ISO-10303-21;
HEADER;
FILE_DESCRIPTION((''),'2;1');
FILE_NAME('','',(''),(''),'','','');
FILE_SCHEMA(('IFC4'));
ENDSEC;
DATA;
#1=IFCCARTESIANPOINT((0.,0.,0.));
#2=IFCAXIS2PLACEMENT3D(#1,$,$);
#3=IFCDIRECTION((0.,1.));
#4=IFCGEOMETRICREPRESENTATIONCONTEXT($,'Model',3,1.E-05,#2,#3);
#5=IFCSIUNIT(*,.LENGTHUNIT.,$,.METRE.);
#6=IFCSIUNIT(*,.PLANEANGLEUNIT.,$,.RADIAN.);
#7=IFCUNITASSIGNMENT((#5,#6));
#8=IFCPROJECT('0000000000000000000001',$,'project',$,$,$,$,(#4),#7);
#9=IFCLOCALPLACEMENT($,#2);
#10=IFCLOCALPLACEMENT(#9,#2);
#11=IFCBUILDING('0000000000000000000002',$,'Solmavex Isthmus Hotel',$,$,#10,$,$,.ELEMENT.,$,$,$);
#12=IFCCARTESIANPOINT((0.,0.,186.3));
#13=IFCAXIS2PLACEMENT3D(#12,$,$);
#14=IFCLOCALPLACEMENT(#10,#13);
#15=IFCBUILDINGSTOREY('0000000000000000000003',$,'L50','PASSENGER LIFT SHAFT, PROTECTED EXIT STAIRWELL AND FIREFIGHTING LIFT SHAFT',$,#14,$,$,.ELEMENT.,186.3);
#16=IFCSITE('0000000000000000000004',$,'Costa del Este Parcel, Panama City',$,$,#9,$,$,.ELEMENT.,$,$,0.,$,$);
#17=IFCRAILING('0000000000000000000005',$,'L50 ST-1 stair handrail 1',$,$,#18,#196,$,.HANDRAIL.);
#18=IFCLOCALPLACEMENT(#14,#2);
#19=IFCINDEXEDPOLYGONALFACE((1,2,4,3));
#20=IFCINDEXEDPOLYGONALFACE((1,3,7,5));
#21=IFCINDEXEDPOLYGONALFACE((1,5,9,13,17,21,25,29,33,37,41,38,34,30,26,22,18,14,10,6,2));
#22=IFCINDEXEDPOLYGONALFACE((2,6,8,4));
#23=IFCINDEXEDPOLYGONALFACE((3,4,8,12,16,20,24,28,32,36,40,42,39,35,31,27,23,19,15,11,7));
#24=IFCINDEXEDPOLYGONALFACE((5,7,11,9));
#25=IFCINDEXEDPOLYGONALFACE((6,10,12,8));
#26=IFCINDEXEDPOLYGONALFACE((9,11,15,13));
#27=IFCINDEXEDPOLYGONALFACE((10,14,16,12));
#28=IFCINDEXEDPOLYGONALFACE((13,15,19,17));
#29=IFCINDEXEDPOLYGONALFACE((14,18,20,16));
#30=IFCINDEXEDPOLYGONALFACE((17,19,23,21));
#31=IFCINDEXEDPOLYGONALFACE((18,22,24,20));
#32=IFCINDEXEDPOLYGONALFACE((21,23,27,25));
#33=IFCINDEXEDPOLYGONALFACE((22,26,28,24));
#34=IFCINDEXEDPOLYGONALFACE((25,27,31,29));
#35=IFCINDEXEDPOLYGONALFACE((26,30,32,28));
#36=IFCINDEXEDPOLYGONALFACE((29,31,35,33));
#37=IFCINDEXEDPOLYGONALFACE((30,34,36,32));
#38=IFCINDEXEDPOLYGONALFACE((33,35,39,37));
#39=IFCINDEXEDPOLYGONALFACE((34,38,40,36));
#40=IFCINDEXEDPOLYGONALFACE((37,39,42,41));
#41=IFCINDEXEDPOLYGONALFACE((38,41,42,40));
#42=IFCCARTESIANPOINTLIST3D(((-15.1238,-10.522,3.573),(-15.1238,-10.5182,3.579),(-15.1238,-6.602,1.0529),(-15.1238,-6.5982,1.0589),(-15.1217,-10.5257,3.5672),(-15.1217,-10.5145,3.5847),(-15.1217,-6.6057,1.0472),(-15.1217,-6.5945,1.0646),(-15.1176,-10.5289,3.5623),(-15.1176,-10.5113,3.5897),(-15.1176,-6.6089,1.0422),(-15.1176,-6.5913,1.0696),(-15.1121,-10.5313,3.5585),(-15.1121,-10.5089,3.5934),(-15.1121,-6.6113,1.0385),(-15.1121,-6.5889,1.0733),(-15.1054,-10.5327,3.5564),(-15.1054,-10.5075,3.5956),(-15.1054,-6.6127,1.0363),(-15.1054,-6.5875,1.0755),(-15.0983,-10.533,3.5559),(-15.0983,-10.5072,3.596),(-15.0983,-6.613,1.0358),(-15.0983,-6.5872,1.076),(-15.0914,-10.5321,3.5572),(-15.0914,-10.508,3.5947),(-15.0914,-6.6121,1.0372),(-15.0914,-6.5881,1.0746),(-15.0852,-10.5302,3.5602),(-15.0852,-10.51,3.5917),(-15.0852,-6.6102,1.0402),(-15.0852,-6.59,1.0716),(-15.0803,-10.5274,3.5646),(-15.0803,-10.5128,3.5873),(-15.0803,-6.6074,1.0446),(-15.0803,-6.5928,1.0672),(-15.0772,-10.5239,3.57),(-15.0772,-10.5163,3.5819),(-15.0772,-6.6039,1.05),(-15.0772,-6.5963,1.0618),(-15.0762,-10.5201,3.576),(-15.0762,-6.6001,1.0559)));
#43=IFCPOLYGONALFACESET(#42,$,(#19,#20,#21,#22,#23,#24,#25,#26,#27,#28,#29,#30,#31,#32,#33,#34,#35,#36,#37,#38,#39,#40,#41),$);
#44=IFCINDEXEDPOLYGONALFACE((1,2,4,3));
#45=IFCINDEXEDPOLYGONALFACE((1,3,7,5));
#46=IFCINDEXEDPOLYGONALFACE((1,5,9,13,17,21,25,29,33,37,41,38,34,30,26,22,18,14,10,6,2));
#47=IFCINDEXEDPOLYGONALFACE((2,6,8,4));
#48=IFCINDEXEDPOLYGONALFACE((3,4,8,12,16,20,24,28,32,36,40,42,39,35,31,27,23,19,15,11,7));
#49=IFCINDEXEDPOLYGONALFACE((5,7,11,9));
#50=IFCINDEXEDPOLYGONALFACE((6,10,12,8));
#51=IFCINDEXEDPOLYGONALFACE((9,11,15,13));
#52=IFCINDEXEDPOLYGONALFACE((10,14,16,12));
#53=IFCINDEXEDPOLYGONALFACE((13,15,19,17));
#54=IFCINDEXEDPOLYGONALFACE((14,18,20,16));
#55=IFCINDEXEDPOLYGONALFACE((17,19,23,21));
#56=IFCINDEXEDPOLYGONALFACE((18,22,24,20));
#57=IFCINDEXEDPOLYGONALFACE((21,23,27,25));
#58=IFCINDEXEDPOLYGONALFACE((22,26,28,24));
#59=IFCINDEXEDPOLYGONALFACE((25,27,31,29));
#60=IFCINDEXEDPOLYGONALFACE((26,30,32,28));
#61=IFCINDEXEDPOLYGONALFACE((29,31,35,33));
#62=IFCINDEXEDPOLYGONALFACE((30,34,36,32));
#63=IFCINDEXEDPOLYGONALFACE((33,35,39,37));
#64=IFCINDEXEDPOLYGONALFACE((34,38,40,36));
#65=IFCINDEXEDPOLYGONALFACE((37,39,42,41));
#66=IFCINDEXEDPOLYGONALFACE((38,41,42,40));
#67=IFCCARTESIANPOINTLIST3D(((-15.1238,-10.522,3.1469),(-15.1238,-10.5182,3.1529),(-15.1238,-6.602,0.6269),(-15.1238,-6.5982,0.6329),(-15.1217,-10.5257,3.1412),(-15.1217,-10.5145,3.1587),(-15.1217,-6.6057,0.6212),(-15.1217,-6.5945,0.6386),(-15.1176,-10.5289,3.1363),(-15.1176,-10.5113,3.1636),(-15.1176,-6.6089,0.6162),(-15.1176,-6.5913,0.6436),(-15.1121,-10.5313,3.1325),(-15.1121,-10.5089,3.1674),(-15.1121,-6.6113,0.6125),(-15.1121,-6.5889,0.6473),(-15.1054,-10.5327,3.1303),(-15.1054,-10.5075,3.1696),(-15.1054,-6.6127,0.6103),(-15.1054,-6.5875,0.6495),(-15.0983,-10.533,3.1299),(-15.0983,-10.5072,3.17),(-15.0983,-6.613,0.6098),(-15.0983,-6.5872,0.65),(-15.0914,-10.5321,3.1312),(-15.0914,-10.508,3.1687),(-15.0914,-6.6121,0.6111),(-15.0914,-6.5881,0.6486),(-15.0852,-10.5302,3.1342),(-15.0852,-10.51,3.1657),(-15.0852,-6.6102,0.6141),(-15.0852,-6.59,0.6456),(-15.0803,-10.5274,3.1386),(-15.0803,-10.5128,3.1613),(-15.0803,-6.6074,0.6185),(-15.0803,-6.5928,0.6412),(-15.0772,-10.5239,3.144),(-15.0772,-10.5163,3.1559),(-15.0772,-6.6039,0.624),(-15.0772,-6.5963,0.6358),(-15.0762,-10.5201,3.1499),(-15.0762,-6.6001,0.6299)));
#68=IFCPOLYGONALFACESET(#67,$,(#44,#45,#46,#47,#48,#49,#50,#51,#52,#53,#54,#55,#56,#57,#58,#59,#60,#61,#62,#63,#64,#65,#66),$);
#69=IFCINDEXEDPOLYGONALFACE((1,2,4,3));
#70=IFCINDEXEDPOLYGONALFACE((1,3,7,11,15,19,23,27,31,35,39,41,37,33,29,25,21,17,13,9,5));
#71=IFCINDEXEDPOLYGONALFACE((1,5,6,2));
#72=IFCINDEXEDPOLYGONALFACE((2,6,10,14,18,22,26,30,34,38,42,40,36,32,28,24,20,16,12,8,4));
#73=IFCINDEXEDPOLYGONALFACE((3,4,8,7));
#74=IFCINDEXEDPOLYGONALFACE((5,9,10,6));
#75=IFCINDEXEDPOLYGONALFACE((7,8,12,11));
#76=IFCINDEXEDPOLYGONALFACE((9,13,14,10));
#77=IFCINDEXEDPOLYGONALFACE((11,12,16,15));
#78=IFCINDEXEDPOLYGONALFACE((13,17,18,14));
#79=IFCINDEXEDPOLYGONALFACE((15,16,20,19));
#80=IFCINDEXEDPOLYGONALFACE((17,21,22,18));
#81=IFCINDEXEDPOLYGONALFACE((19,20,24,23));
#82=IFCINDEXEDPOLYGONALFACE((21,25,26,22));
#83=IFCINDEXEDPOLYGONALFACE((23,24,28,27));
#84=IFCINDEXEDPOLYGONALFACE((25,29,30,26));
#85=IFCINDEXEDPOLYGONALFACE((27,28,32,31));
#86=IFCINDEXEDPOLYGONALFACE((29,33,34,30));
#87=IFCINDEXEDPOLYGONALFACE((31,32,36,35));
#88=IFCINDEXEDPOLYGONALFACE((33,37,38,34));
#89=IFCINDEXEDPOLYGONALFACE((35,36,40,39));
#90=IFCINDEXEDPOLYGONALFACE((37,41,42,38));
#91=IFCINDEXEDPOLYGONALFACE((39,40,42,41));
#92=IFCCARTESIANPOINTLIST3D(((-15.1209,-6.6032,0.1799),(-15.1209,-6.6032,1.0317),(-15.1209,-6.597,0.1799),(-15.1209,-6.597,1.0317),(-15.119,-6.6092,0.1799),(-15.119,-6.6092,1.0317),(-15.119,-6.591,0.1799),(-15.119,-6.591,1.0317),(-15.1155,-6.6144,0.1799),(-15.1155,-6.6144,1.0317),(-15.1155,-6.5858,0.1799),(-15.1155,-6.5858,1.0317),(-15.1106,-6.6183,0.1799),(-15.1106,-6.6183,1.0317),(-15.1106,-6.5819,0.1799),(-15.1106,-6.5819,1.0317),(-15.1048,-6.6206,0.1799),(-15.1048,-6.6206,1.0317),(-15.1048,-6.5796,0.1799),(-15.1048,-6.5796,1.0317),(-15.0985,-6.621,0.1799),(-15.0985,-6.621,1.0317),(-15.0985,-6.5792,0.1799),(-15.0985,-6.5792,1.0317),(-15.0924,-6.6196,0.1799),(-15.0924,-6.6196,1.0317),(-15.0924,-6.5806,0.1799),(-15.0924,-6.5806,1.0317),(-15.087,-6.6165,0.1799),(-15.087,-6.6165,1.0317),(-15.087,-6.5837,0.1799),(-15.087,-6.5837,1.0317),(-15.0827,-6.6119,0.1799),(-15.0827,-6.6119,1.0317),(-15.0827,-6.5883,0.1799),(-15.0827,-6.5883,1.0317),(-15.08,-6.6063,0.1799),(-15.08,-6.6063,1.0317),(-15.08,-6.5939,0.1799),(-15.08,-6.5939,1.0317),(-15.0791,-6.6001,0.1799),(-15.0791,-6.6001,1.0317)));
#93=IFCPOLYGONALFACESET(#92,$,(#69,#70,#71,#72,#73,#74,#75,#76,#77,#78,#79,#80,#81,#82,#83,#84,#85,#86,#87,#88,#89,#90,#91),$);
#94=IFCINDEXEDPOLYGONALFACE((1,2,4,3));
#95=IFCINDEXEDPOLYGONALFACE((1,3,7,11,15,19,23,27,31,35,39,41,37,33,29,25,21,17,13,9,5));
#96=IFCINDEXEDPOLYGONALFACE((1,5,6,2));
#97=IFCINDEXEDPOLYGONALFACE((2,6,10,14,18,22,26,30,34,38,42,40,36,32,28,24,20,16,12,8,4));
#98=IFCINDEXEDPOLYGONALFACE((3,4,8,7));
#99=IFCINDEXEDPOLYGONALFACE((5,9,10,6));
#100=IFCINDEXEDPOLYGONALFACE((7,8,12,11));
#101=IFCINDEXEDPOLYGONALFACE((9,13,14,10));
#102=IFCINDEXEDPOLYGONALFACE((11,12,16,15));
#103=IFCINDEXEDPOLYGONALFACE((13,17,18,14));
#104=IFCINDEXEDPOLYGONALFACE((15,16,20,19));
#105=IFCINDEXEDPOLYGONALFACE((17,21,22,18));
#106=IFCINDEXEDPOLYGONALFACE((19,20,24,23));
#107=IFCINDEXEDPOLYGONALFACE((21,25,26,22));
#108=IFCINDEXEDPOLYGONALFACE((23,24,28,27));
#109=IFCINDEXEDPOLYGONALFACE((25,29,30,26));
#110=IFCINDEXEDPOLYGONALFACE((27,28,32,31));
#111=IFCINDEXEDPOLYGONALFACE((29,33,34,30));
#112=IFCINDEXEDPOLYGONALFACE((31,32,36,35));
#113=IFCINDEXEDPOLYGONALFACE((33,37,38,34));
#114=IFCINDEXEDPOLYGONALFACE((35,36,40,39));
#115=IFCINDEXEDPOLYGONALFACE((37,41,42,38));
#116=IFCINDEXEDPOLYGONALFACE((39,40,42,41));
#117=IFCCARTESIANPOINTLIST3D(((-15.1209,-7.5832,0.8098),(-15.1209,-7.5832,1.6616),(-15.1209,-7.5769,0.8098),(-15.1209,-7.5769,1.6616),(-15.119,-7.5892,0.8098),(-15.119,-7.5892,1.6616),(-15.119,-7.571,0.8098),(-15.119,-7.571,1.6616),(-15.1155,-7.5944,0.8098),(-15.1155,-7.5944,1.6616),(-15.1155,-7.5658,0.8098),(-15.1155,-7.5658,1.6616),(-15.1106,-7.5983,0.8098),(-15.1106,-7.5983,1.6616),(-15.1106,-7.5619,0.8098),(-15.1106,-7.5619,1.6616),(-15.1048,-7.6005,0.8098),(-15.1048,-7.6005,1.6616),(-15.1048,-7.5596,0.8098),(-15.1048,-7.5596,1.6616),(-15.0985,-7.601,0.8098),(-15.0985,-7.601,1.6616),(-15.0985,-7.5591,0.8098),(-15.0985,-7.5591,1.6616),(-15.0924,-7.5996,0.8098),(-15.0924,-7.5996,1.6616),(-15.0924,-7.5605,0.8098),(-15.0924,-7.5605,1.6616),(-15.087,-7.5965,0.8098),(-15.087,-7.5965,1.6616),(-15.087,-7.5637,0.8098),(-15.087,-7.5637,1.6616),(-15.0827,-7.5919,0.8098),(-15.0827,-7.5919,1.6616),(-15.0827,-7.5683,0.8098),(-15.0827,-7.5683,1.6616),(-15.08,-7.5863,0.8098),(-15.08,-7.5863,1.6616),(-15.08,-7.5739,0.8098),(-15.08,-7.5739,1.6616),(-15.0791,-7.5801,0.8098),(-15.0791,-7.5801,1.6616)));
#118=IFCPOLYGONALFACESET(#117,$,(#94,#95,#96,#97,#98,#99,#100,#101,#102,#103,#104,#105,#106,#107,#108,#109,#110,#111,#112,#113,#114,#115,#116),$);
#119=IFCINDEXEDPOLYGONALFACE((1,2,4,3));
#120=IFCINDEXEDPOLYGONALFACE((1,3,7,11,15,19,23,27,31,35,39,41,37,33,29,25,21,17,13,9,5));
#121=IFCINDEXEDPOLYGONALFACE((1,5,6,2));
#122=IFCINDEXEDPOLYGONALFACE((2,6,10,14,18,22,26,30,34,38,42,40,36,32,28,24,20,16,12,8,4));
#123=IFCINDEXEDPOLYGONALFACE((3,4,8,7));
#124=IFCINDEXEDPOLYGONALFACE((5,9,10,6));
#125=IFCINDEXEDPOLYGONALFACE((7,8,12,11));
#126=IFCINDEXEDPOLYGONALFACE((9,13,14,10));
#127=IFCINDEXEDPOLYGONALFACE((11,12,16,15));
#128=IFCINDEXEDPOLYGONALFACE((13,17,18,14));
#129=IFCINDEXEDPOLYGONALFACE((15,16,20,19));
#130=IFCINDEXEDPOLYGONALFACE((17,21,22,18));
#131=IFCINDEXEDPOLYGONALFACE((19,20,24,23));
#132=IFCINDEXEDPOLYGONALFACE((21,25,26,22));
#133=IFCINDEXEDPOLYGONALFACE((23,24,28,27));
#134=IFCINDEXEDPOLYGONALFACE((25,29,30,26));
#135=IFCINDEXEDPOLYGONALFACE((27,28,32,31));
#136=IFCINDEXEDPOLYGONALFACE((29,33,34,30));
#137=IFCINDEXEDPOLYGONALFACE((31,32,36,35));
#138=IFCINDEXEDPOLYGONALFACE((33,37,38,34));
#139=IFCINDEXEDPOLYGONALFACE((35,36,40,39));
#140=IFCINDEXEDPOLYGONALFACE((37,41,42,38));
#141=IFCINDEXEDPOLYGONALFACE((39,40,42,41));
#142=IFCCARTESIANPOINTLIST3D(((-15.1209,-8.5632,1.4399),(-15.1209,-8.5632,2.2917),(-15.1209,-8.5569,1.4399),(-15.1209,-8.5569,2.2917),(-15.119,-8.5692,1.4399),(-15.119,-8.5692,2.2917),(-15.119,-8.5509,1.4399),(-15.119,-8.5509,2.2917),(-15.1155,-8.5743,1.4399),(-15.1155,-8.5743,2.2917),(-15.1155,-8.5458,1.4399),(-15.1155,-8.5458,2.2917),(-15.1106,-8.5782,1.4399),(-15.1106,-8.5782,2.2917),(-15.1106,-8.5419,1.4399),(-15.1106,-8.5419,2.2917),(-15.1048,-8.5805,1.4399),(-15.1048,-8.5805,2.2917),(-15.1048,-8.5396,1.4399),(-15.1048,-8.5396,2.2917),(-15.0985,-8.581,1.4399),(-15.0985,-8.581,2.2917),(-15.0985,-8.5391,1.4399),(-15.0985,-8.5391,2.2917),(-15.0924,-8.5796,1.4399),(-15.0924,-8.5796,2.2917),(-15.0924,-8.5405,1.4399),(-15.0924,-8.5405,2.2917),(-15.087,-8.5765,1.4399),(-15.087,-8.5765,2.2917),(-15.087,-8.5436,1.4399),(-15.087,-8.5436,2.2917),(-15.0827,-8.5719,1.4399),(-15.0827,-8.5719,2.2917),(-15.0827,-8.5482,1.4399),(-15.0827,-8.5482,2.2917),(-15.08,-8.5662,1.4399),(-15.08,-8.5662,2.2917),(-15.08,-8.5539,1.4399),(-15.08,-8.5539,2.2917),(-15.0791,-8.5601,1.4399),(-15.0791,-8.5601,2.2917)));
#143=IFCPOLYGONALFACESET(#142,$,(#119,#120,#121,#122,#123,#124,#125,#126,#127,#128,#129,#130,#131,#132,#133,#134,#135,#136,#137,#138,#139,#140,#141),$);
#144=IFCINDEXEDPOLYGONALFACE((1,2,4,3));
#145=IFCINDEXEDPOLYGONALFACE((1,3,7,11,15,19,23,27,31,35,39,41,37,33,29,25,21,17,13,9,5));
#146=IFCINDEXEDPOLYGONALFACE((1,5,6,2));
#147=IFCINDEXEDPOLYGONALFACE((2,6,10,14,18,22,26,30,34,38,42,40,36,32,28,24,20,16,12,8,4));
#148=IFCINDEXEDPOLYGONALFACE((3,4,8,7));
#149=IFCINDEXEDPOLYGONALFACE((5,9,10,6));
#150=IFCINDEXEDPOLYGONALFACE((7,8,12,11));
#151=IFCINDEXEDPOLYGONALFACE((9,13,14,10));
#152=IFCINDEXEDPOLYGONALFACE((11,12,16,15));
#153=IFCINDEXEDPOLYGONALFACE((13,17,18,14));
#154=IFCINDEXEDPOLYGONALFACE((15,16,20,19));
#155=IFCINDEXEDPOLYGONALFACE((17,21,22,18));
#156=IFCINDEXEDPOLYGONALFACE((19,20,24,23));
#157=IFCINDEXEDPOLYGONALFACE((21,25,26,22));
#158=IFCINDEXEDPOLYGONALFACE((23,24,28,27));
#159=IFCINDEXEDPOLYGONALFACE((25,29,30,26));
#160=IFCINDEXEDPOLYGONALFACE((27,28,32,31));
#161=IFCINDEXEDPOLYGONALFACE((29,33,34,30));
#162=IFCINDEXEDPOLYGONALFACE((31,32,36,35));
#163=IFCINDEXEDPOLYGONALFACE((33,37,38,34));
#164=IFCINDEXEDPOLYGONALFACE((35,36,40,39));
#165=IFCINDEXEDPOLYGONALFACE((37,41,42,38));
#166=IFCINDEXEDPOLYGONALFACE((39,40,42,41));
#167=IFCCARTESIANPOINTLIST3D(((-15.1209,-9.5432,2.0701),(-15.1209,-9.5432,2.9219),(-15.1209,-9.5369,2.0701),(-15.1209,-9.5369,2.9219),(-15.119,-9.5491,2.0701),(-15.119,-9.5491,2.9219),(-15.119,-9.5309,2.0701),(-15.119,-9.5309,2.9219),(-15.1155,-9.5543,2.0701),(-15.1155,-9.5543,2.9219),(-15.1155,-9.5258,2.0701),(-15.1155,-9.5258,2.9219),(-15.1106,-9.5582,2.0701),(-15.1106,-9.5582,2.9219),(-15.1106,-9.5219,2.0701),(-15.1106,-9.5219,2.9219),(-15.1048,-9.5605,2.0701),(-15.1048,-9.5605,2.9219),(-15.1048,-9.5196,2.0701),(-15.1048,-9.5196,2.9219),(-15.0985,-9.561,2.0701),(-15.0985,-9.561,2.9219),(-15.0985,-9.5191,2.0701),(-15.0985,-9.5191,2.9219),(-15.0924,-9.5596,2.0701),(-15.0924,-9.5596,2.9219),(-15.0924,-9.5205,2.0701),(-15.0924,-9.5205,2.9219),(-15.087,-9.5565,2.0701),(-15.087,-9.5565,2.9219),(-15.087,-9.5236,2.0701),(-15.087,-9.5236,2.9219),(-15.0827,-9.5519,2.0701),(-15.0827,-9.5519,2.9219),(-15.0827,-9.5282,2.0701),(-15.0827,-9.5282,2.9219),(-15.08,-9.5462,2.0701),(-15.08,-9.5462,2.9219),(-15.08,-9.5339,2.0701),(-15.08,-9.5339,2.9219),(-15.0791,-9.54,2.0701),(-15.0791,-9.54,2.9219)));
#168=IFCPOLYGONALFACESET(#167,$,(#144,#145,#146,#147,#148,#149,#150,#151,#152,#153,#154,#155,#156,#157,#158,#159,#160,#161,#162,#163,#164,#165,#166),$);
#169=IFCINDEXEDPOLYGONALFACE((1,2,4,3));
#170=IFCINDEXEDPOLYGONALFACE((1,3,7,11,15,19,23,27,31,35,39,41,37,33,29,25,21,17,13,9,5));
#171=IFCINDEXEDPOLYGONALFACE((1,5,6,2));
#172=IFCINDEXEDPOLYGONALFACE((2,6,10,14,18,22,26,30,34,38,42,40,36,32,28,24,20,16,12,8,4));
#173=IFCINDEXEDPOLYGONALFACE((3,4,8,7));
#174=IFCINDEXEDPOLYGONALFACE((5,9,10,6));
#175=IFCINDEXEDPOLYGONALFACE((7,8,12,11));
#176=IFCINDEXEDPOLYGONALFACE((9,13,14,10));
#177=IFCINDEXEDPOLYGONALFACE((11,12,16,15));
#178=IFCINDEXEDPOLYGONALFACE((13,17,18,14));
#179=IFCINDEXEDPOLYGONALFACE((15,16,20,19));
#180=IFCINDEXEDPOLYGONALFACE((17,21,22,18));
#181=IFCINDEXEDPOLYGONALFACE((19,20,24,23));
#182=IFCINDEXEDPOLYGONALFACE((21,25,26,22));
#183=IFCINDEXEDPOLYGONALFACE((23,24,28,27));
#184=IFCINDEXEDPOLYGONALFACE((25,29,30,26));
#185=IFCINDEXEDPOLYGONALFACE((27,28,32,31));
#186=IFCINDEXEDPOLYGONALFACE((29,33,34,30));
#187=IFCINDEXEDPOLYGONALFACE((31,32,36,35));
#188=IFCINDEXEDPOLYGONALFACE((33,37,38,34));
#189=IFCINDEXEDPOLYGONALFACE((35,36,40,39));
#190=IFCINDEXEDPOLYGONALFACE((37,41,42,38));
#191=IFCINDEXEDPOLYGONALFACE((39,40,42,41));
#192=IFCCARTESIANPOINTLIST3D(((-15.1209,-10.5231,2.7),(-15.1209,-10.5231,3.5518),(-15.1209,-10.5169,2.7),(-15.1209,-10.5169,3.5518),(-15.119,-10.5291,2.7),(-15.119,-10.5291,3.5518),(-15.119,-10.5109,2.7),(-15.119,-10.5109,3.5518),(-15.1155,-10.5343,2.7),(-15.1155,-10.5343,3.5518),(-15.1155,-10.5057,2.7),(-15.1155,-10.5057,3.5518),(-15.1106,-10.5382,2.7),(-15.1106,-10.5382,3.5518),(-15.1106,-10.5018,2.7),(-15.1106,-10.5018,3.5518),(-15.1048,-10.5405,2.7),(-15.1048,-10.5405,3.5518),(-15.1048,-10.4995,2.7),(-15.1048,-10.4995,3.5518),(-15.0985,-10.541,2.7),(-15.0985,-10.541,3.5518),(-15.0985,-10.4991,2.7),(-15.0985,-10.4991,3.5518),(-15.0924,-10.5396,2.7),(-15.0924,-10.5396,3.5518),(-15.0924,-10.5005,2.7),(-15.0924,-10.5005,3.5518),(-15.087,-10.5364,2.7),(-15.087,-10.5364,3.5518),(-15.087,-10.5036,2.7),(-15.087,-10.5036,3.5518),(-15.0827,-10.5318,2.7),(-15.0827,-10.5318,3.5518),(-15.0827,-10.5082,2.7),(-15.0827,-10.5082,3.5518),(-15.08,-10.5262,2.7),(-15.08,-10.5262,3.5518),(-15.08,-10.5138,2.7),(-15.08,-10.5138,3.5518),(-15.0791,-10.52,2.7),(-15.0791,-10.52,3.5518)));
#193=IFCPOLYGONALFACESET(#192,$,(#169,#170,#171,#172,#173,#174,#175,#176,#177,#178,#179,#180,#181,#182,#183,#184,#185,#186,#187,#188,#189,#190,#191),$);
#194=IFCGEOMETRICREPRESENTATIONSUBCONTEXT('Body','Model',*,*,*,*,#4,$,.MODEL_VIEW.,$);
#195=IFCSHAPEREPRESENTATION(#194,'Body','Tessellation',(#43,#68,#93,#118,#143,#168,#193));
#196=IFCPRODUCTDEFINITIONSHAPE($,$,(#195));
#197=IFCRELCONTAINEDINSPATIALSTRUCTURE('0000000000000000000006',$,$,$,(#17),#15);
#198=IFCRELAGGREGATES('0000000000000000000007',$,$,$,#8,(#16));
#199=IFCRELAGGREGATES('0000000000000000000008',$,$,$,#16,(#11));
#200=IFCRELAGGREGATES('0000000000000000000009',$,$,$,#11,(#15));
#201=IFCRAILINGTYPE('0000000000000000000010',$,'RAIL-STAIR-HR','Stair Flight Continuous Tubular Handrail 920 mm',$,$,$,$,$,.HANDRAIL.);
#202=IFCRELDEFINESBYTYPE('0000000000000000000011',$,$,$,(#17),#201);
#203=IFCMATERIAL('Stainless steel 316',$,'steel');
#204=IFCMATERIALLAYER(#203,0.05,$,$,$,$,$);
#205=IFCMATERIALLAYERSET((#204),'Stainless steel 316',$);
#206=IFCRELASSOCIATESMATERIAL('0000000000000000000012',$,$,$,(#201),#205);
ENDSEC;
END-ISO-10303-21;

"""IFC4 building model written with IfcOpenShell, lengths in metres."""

from ifc_helpers import new_model, si_unit, direction, frame, origin, origin_2d, place, context, subcontext, project, spatial, circle, extrude, material, layer, layer_set, type_object, element, save


model = new_model("IFC4")

# Units and contexts
model_context = context("Model", 3, precision=1e-05, world=origin(), true_north=direction((0.0, 1.0)))
body_context = subcontext(model_context, "Body", "Model", "MODEL_VIEW")
ifc_project = project(units=[si_unit("LENGTHUNIT", "METRE"), si_unit("PLANEANGLEUNIT", "RADIAN")], contexts=[model_context])

# Site, building, storey
site_placement = place(None, origin())
site = spatial("IfcSite", under=ifc_project, at=site_placement, Name="Costa del Este Parcel, Panama City", CompositionType="ELEMENT", RefElevation=0.0)
building_placement = place(site_placement, origin())
building = spatial("IfcBuilding", under=site, at=building_placement, Name="Solmavex Isthmus Hotel", CompositionType="ELEMENT")
storey_placement = place(building_placement, frame((0.0, 0.0, 186.3)))
storey = spatial("IfcBuildingStorey", under=building, at=storey_placement, Name="L50", Description="PASSENGER LIFT SHAFT, PROTECTED EXIT STAIRWELL AND FIREFIGHTING LIFT SHAFT", CompositionType="ELEMENT", Elevation=186.3)

# Railing
ifc_material_1 = material(Name="Stainless steel 316", Category="steel")
ifc_layer_1 = layer(ifc_material_1, 0.05)
ifc_layer_set_1 = layer_set([ifc_layer_1], Name="Stainless steel 316")
railing_type = type_object("IfcRailingType", Name="RAIL-STAIR-HR", Description="Stair Flight Continuous Tubular Handrail 920 mm", PredefinedType="HANDRAIL", material=ifc_layer_set_1)
railing_placement = place(storey_placement, frame((-15.1001, -6.6001, 0.1799)))
element("IfcRailing", 1, at=railing_placement, inside=storey, type_object=railing_type, Name="L50 ST-1 stair handrail 1", PredefinedType="HANDRAIL", context=body_context, shape_type="SweptSolid", body=[
    extrude(circle(Radius=0.0239, at=origin_2d()), frame((0.0, 0.0, 0.876), z_axis=(0.0, -0.841172, 0.540768), x_axis=(1.0, 0.0, 0.0)), (0.0, 0.0, 1.0), 4.6602),
    extrude(circle(Radius=0.0239, at=origin_2d()), frame((0.0, 0.0, 0.45), z_axis=(0.0, -0.841172, 0.540768), x_axis=(1.0, 0.0, 0.0)), (0.0, 0.0, 1.0), 4.6602),
    extrude(circle(Radius=0.021, at=origin_2d()), origin(), (0.0, 0.0, 1.0), 0.8518),
    extrude(circle(Radius=0.021, at=origin_2d()), frame((0.0, -0.98, 0.6299)), (0.0, 0.0, 1.0), 0.8518),
    extrude(circle(Radius=0.021, at=origin_2d()), frame((0.0, -1.96, 1.26)), (0.0, 0.0, 1.0), 0.8518),
    extrude(circle(Radius=0.021, at=origin_2d()), frame((0.0, -2.9399, 1.8901)), (0.0, 0.0, 1.0), 0.8518),
    extrude(circle(Radius=0.021, at=origin_2d()), frame((0.0, -3.9199, 2.52)), (0.0, 0.0, 1.0), 0.8518),
])

save(model, "model.ifc")
